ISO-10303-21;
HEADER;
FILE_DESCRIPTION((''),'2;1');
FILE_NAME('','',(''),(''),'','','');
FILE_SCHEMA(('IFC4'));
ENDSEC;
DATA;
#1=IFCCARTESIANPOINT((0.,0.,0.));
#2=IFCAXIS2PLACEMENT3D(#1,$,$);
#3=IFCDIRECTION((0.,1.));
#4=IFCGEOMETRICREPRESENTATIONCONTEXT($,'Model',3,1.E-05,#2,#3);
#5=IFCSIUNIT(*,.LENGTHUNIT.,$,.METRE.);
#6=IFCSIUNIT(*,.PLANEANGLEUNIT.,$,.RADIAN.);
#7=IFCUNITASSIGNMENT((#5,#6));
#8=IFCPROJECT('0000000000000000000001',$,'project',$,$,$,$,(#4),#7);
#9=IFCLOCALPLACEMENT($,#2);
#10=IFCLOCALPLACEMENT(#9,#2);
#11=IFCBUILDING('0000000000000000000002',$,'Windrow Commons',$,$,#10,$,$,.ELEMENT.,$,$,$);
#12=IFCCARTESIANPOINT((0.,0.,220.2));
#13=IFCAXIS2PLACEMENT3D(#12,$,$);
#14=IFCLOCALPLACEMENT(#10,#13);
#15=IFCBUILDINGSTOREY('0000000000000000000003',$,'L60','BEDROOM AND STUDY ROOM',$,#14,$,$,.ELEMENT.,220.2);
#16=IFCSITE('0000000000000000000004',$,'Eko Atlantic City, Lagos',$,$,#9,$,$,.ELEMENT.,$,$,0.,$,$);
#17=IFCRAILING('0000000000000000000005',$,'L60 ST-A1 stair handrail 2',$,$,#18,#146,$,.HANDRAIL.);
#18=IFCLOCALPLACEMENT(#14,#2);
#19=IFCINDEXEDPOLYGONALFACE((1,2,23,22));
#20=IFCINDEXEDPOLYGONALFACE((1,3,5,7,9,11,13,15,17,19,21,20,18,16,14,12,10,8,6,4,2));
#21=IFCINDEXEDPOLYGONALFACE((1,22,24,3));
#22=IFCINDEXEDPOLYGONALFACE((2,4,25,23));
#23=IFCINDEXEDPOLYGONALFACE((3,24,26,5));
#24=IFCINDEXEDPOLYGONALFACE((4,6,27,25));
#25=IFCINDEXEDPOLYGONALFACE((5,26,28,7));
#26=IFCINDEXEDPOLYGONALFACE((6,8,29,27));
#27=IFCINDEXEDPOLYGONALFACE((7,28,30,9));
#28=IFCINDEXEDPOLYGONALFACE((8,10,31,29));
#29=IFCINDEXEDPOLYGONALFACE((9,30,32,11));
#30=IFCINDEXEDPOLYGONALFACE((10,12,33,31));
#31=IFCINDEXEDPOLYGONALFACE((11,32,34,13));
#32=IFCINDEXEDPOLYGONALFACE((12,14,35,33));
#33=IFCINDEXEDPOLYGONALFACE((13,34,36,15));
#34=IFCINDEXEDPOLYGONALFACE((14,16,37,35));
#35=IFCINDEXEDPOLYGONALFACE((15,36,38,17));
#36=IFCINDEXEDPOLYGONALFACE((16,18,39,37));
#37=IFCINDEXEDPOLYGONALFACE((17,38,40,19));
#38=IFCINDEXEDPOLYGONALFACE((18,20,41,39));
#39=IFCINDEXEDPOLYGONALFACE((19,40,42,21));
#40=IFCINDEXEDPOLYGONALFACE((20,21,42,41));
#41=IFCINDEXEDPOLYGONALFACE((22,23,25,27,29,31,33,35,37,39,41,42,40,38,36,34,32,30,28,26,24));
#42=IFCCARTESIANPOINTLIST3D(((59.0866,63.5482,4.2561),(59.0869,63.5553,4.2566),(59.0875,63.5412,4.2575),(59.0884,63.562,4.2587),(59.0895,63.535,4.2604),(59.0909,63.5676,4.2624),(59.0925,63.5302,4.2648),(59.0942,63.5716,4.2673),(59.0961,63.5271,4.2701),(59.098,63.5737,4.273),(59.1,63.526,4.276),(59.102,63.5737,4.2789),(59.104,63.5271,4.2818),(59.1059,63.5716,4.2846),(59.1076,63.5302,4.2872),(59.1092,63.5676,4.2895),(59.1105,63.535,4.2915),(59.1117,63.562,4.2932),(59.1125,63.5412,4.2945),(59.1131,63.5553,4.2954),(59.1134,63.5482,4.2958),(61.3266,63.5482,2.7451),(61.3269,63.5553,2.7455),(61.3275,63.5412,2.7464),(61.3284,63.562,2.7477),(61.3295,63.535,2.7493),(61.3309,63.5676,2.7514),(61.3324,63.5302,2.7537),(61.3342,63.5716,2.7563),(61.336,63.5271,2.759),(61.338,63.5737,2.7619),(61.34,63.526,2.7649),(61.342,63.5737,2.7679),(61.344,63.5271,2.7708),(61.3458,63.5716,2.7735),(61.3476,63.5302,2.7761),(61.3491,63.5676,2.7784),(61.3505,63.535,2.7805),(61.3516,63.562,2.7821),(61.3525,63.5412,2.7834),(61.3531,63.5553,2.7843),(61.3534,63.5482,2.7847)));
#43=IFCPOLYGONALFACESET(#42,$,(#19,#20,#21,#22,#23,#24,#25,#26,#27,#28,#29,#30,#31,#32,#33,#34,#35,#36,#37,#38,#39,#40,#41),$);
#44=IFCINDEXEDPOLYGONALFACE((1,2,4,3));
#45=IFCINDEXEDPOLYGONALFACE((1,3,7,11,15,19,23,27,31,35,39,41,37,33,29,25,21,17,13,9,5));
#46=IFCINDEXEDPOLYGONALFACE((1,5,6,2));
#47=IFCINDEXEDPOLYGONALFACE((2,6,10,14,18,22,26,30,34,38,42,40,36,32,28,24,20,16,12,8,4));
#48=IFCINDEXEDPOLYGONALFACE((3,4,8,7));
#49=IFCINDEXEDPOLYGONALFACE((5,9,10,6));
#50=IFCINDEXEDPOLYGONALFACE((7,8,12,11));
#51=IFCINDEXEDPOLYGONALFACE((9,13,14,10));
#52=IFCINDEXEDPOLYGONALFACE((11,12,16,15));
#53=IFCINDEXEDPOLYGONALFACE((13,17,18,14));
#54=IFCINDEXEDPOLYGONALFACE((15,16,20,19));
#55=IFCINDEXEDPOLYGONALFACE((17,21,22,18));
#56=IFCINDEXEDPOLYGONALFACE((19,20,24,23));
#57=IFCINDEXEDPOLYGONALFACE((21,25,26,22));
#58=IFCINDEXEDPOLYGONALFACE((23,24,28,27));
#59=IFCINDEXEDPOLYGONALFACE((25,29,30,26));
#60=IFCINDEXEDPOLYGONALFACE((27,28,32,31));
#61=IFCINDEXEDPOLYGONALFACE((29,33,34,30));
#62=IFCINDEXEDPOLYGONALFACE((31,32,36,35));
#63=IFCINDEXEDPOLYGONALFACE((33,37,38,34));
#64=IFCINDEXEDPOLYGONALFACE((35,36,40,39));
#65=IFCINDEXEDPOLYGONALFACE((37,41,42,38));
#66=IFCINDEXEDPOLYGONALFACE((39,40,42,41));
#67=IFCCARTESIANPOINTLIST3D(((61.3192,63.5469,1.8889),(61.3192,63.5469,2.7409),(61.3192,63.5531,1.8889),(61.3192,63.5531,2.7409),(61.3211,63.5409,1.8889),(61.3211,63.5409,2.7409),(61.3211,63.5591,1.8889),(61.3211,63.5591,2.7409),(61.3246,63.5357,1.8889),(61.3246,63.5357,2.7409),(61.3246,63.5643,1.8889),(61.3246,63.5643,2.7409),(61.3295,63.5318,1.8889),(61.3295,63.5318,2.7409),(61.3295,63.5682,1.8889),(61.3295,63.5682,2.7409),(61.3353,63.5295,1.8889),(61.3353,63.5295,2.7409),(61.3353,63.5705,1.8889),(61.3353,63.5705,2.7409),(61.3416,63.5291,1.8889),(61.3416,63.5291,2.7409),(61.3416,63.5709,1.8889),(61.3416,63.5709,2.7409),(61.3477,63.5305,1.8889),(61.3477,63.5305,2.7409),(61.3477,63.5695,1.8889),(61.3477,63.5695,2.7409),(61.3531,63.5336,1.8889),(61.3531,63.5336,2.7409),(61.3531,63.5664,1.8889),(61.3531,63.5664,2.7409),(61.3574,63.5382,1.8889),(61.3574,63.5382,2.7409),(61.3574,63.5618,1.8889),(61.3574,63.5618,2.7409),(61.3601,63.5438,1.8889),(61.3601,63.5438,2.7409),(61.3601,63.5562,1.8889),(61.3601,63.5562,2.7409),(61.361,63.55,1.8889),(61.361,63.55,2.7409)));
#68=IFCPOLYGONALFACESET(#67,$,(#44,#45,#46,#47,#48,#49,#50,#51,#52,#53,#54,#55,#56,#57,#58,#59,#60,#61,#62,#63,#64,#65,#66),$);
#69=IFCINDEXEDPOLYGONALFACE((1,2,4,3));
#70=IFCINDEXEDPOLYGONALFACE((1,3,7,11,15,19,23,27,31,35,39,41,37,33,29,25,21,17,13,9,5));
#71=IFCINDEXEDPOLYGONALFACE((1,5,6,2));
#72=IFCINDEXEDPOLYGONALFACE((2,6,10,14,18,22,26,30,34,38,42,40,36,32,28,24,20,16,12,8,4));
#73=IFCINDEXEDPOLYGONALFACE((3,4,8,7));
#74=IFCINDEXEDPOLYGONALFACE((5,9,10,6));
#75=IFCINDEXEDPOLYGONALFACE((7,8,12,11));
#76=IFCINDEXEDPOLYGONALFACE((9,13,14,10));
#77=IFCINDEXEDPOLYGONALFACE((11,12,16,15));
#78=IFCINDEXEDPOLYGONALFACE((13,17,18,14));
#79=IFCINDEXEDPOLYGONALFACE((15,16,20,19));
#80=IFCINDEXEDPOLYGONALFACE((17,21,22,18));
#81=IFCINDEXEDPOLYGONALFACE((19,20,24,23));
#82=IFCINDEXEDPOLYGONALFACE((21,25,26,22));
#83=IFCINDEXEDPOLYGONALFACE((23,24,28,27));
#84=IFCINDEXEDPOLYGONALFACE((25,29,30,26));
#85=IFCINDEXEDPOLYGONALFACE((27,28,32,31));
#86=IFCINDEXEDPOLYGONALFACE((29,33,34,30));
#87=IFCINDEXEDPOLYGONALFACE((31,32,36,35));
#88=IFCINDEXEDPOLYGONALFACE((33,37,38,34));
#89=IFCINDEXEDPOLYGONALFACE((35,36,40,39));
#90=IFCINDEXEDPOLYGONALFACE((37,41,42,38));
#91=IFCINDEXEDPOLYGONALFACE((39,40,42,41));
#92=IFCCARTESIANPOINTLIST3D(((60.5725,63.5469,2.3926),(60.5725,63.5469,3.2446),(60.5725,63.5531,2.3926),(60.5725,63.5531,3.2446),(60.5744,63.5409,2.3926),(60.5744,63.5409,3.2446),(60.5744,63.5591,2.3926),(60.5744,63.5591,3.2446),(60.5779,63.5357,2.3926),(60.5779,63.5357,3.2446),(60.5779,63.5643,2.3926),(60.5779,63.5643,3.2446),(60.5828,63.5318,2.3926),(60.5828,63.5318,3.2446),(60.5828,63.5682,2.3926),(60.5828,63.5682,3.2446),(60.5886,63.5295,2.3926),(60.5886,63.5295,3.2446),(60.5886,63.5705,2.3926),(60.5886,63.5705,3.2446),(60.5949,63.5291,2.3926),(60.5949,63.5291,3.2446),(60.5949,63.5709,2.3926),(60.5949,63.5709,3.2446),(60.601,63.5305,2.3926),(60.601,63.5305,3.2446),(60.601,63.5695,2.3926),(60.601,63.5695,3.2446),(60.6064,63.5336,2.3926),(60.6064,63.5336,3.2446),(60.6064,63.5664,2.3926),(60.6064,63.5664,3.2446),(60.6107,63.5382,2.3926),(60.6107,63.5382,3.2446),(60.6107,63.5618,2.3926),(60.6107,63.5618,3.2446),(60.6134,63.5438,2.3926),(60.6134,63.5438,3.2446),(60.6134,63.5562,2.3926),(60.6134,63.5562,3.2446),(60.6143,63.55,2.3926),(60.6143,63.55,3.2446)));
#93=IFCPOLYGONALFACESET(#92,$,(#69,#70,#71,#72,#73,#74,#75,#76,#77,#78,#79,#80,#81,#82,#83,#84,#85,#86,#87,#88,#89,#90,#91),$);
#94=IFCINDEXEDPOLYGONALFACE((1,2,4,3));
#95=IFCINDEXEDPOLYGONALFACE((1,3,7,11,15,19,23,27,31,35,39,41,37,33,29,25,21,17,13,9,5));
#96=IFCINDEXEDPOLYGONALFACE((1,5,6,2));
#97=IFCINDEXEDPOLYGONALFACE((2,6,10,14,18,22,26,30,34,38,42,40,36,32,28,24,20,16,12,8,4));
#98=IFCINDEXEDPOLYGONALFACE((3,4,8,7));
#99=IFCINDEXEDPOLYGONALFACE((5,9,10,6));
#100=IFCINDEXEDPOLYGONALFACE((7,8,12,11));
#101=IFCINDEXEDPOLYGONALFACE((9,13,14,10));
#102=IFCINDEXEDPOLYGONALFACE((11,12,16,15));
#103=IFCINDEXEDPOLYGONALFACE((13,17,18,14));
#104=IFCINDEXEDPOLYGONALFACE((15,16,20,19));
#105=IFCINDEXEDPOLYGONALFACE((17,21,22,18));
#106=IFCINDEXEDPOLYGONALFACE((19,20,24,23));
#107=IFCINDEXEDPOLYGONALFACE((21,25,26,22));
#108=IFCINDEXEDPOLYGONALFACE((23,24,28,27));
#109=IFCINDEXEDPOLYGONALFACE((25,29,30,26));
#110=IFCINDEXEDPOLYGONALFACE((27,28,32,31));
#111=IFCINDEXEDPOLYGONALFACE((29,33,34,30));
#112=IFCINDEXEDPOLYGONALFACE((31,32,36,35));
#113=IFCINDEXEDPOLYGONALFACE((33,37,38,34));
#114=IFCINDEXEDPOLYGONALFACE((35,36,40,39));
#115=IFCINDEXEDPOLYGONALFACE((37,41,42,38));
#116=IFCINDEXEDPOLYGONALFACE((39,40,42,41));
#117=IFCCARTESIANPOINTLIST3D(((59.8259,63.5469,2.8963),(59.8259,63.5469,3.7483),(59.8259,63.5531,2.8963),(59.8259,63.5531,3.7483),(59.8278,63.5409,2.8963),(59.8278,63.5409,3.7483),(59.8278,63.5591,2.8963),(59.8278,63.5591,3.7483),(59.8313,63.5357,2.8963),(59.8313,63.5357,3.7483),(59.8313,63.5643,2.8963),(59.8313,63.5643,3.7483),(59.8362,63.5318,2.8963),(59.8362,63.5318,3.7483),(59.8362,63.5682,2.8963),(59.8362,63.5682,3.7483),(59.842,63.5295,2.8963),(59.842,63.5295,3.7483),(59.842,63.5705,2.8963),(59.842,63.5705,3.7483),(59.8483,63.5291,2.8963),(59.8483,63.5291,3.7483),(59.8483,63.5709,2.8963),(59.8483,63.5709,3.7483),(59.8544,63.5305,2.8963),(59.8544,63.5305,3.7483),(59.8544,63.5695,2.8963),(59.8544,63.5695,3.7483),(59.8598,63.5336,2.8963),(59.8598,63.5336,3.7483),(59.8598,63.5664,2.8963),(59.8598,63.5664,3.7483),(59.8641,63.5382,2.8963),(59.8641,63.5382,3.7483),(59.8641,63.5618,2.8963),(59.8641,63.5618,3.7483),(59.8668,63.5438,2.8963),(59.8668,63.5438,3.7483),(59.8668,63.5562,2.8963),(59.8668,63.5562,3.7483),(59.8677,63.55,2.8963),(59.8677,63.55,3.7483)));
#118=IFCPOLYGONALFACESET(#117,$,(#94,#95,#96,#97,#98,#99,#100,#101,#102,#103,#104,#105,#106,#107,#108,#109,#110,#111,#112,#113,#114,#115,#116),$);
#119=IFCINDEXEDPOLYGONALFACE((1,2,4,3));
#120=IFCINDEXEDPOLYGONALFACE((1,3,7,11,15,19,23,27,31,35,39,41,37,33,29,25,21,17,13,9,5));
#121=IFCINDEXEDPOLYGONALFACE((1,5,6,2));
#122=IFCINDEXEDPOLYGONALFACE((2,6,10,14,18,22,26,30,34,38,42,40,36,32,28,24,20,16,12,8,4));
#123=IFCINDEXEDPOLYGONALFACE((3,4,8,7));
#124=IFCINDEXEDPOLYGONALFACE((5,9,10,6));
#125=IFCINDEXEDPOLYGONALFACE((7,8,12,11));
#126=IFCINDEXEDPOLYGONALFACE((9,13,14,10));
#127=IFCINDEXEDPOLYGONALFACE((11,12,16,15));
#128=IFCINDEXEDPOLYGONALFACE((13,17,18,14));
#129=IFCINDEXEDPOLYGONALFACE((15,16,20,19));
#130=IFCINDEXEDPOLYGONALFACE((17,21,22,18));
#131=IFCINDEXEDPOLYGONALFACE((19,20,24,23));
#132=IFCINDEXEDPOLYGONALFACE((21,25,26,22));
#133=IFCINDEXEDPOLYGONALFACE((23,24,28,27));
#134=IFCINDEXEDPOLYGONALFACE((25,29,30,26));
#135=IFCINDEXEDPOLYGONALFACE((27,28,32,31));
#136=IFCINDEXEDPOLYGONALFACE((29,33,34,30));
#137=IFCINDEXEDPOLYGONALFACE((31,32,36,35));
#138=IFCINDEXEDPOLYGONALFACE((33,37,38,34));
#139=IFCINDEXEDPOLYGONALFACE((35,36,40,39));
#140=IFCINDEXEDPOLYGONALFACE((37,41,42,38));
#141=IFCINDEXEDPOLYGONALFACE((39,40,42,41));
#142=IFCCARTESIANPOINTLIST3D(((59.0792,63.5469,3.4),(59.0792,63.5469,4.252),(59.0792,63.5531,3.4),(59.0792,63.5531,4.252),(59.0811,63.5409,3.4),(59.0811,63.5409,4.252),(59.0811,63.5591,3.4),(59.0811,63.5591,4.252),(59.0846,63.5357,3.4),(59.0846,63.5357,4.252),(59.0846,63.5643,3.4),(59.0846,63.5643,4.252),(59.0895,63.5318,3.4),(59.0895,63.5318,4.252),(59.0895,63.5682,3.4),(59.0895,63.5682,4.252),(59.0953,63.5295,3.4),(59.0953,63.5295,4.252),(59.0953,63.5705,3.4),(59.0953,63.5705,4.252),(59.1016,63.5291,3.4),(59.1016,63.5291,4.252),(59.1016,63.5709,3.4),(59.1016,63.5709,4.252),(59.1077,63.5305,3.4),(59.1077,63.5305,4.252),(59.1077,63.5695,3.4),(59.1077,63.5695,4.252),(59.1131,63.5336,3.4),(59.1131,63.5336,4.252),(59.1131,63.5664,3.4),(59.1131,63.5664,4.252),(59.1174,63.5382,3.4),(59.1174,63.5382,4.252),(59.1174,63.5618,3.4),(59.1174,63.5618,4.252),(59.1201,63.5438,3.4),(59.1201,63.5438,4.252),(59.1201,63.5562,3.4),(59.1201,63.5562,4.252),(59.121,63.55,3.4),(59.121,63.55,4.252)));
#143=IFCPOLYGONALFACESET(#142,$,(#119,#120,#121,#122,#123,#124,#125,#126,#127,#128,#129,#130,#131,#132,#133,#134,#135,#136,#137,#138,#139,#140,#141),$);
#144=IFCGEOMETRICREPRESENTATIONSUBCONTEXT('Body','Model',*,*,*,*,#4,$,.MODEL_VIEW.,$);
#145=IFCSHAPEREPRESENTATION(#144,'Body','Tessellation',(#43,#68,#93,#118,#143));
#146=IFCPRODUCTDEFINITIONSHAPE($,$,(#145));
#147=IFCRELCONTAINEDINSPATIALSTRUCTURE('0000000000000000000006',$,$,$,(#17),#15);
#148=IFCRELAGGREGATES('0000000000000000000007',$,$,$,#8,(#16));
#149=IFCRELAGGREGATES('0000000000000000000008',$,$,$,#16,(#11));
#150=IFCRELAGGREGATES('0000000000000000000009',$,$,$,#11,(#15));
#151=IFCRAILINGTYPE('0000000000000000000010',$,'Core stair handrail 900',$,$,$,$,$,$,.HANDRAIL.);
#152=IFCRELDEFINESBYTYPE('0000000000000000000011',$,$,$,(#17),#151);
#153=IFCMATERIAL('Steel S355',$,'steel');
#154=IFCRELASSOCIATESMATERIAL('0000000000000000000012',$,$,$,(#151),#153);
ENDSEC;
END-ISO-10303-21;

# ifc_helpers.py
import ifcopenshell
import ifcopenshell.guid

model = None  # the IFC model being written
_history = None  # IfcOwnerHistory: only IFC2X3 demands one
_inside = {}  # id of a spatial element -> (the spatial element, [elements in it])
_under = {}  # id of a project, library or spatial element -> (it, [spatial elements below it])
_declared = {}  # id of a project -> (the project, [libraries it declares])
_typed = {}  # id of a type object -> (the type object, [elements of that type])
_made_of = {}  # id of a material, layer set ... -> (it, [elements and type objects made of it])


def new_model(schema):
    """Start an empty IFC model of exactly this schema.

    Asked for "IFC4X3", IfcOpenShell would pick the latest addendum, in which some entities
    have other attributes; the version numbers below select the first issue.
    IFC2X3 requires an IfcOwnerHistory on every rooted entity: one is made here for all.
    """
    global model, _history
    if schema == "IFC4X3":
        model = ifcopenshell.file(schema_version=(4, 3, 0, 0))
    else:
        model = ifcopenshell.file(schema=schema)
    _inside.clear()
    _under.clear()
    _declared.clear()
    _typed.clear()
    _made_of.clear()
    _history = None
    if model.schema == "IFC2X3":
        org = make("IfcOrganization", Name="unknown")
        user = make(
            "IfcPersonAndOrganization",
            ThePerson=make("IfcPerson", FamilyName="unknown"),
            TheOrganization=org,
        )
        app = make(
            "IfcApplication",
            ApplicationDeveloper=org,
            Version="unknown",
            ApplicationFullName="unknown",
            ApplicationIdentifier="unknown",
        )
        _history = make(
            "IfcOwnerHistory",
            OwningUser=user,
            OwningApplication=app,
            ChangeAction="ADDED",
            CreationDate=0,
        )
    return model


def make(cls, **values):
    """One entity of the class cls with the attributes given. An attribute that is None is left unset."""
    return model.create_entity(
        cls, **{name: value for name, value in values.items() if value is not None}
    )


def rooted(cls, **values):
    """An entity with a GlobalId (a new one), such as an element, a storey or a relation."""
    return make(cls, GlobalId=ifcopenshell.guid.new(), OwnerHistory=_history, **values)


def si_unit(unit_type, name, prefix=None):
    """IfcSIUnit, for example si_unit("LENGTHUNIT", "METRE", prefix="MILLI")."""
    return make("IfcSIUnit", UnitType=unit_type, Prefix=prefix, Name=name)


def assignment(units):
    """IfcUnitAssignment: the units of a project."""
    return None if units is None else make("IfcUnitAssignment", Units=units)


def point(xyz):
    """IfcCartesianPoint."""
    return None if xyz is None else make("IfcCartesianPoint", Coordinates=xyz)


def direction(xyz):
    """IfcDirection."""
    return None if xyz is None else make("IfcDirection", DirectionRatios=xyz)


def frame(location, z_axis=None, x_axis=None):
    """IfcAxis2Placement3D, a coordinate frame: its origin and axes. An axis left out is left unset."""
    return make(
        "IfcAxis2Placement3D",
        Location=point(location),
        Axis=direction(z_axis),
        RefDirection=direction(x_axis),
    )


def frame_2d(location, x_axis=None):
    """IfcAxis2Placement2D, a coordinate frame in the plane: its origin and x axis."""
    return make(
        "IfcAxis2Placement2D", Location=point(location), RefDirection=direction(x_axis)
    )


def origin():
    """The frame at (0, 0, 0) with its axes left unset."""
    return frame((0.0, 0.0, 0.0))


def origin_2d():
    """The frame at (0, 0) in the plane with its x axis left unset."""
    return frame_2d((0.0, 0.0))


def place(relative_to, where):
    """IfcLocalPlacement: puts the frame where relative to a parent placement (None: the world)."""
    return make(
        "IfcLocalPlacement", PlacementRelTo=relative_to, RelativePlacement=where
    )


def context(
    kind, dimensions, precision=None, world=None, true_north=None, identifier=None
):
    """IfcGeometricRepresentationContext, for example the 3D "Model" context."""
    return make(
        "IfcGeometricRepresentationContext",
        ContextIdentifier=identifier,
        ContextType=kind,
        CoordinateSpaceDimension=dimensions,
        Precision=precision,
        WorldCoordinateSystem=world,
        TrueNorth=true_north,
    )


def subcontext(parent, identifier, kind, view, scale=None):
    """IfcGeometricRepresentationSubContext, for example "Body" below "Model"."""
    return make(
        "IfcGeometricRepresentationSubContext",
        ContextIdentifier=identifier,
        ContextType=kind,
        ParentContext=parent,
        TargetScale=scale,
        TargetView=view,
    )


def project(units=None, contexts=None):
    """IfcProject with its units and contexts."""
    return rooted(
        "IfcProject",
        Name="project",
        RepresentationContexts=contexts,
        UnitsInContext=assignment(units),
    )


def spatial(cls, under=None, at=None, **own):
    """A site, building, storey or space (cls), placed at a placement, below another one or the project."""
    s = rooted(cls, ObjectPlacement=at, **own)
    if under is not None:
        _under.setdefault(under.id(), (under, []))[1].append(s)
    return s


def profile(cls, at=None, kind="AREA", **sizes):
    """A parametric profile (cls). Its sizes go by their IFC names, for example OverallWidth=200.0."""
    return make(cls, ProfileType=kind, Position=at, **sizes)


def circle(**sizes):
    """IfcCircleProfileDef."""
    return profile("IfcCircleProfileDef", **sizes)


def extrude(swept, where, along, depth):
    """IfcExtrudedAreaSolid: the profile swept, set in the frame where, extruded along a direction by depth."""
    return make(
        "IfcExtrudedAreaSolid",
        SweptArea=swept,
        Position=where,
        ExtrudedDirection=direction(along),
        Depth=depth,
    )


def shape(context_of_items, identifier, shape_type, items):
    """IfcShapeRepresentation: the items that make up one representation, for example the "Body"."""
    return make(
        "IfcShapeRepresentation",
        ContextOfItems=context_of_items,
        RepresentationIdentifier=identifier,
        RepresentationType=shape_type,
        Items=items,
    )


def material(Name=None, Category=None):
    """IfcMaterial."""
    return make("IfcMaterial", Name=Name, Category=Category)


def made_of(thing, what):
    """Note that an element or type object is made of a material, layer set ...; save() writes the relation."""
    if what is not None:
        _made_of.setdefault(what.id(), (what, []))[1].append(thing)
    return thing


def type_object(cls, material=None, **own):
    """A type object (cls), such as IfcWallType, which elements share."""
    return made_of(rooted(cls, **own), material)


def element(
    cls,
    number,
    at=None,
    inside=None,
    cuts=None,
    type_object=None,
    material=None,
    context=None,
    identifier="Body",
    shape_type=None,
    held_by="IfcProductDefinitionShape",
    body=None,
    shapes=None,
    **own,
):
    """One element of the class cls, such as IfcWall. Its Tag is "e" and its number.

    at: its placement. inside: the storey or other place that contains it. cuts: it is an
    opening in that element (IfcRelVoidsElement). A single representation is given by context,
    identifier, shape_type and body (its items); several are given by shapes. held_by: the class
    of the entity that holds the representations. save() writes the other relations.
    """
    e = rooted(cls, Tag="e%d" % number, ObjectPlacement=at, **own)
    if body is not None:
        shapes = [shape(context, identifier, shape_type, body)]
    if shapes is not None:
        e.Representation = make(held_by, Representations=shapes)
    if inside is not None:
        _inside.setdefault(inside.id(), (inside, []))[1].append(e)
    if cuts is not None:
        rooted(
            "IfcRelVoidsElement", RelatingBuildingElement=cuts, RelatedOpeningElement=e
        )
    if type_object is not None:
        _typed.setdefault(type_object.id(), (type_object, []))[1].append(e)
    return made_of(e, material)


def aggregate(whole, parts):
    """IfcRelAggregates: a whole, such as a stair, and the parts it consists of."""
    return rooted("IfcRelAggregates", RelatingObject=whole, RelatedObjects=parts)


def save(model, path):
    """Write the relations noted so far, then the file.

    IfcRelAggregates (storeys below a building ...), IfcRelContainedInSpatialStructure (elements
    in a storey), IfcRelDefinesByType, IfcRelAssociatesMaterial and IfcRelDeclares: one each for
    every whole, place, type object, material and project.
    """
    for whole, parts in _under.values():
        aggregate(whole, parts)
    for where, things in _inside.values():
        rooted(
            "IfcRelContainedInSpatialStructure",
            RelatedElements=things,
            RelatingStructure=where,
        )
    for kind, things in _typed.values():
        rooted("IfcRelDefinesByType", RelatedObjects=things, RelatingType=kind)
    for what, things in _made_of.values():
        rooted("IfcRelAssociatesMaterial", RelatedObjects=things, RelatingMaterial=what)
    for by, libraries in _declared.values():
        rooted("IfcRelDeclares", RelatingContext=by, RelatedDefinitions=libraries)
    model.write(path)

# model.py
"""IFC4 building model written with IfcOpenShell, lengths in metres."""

from ifc_helpers import new_model, si_unit, direction, frame, origin, origin_2d, place, context, subcontext, project, spatial, circle, extrude, material, type_object, element, save


model = new_model("IFC4")

# Units and contexts
model_context = context("Model", 3, precision=1e-05, world=origin(), true_north=direction((0.0, 1.0)))
body_context = subcontext(model_context, "Body", "Model", "MODEL_VIEW")
ifc_project = project(units=[si_unit("LENGTHUNIT", "METRE"), si_unit("PLANEANGLEUNIT", "RADIAN")], contexts=[model_context])

# Site, building, storey
site_placement = place(None, origin())
site = spatial("IfcSite", under=ifc_project, at=site_placement, Name="Eko Atlantic City, Lagos", CompositionType="ELEMENT", RefElevation=0.0)
building_placement = place(site_placement, origin())
building = spatial("IfcBuilding", under=site, at=building_placement, Name="Windrow Commons", CompositionType="ELEMENT")
storey_placement = place(building_placement, frame((0.0, 0.0, 220.2)))
storey = spatial("IfcBuildingStorey", under=building, at=storey_placement, Name="L60", Description="BEDROOM AND STUDY ROOM", CompositionType="ELEMENT", Elevation=220.2)

# Railing
ifc_material_1 = material(Name="Steel S355", Category="steel")
railing_type_1 = type_object("IfcRailingType", Name="Core stair handrail 900", PredefinedType="HANDRAIL", material=ifc_material_1)
railing_1_placement = place(storey_placement, frame((61.34, 63.55, 1.8889)))
element("IfcRailing", 1, at=railing_1_placement, inside=storey, type_object=railing_type_1, Name="L60 ST-A1 stair handrail 2", PredefinedType="HANDRAIL", context=body_context, shape_type="SweptSolid", body=[
    extrude(circle(Radius=0.024, at=origin_2d()), frame((0.0, 0.0, 0.876), z_axis=(-0.829003, 0.0, 0.559244), x_axis=(0.0, -1.0, 0.0)), (0.0, 0.0, 1.0), 2.702),
    extrude(circle(Radius=0.021, at=origin_2d()), origin(), (0.0, 0.0, 1.0), 0.852),
    extrude(circle(Radius=0.021, at=origin_2d()), frame((-0.7467, 0.0, 0.5037)), (0.0, 0.0, 1.0), 0.852),
    extrude(circle(Radius=0.021, at=origin_2d()), frame((-1.4933, 0.0, 1.0074)), (0.0, 0.0, 1.0), 0.852),
    extrude(circle(Radius=0.021, at=origin_2d()), frame((-2.24, 0.0, 1.5111)), (0.0, 0.0, 1.0), 0.852),
])

save(model, "model.ifc")
